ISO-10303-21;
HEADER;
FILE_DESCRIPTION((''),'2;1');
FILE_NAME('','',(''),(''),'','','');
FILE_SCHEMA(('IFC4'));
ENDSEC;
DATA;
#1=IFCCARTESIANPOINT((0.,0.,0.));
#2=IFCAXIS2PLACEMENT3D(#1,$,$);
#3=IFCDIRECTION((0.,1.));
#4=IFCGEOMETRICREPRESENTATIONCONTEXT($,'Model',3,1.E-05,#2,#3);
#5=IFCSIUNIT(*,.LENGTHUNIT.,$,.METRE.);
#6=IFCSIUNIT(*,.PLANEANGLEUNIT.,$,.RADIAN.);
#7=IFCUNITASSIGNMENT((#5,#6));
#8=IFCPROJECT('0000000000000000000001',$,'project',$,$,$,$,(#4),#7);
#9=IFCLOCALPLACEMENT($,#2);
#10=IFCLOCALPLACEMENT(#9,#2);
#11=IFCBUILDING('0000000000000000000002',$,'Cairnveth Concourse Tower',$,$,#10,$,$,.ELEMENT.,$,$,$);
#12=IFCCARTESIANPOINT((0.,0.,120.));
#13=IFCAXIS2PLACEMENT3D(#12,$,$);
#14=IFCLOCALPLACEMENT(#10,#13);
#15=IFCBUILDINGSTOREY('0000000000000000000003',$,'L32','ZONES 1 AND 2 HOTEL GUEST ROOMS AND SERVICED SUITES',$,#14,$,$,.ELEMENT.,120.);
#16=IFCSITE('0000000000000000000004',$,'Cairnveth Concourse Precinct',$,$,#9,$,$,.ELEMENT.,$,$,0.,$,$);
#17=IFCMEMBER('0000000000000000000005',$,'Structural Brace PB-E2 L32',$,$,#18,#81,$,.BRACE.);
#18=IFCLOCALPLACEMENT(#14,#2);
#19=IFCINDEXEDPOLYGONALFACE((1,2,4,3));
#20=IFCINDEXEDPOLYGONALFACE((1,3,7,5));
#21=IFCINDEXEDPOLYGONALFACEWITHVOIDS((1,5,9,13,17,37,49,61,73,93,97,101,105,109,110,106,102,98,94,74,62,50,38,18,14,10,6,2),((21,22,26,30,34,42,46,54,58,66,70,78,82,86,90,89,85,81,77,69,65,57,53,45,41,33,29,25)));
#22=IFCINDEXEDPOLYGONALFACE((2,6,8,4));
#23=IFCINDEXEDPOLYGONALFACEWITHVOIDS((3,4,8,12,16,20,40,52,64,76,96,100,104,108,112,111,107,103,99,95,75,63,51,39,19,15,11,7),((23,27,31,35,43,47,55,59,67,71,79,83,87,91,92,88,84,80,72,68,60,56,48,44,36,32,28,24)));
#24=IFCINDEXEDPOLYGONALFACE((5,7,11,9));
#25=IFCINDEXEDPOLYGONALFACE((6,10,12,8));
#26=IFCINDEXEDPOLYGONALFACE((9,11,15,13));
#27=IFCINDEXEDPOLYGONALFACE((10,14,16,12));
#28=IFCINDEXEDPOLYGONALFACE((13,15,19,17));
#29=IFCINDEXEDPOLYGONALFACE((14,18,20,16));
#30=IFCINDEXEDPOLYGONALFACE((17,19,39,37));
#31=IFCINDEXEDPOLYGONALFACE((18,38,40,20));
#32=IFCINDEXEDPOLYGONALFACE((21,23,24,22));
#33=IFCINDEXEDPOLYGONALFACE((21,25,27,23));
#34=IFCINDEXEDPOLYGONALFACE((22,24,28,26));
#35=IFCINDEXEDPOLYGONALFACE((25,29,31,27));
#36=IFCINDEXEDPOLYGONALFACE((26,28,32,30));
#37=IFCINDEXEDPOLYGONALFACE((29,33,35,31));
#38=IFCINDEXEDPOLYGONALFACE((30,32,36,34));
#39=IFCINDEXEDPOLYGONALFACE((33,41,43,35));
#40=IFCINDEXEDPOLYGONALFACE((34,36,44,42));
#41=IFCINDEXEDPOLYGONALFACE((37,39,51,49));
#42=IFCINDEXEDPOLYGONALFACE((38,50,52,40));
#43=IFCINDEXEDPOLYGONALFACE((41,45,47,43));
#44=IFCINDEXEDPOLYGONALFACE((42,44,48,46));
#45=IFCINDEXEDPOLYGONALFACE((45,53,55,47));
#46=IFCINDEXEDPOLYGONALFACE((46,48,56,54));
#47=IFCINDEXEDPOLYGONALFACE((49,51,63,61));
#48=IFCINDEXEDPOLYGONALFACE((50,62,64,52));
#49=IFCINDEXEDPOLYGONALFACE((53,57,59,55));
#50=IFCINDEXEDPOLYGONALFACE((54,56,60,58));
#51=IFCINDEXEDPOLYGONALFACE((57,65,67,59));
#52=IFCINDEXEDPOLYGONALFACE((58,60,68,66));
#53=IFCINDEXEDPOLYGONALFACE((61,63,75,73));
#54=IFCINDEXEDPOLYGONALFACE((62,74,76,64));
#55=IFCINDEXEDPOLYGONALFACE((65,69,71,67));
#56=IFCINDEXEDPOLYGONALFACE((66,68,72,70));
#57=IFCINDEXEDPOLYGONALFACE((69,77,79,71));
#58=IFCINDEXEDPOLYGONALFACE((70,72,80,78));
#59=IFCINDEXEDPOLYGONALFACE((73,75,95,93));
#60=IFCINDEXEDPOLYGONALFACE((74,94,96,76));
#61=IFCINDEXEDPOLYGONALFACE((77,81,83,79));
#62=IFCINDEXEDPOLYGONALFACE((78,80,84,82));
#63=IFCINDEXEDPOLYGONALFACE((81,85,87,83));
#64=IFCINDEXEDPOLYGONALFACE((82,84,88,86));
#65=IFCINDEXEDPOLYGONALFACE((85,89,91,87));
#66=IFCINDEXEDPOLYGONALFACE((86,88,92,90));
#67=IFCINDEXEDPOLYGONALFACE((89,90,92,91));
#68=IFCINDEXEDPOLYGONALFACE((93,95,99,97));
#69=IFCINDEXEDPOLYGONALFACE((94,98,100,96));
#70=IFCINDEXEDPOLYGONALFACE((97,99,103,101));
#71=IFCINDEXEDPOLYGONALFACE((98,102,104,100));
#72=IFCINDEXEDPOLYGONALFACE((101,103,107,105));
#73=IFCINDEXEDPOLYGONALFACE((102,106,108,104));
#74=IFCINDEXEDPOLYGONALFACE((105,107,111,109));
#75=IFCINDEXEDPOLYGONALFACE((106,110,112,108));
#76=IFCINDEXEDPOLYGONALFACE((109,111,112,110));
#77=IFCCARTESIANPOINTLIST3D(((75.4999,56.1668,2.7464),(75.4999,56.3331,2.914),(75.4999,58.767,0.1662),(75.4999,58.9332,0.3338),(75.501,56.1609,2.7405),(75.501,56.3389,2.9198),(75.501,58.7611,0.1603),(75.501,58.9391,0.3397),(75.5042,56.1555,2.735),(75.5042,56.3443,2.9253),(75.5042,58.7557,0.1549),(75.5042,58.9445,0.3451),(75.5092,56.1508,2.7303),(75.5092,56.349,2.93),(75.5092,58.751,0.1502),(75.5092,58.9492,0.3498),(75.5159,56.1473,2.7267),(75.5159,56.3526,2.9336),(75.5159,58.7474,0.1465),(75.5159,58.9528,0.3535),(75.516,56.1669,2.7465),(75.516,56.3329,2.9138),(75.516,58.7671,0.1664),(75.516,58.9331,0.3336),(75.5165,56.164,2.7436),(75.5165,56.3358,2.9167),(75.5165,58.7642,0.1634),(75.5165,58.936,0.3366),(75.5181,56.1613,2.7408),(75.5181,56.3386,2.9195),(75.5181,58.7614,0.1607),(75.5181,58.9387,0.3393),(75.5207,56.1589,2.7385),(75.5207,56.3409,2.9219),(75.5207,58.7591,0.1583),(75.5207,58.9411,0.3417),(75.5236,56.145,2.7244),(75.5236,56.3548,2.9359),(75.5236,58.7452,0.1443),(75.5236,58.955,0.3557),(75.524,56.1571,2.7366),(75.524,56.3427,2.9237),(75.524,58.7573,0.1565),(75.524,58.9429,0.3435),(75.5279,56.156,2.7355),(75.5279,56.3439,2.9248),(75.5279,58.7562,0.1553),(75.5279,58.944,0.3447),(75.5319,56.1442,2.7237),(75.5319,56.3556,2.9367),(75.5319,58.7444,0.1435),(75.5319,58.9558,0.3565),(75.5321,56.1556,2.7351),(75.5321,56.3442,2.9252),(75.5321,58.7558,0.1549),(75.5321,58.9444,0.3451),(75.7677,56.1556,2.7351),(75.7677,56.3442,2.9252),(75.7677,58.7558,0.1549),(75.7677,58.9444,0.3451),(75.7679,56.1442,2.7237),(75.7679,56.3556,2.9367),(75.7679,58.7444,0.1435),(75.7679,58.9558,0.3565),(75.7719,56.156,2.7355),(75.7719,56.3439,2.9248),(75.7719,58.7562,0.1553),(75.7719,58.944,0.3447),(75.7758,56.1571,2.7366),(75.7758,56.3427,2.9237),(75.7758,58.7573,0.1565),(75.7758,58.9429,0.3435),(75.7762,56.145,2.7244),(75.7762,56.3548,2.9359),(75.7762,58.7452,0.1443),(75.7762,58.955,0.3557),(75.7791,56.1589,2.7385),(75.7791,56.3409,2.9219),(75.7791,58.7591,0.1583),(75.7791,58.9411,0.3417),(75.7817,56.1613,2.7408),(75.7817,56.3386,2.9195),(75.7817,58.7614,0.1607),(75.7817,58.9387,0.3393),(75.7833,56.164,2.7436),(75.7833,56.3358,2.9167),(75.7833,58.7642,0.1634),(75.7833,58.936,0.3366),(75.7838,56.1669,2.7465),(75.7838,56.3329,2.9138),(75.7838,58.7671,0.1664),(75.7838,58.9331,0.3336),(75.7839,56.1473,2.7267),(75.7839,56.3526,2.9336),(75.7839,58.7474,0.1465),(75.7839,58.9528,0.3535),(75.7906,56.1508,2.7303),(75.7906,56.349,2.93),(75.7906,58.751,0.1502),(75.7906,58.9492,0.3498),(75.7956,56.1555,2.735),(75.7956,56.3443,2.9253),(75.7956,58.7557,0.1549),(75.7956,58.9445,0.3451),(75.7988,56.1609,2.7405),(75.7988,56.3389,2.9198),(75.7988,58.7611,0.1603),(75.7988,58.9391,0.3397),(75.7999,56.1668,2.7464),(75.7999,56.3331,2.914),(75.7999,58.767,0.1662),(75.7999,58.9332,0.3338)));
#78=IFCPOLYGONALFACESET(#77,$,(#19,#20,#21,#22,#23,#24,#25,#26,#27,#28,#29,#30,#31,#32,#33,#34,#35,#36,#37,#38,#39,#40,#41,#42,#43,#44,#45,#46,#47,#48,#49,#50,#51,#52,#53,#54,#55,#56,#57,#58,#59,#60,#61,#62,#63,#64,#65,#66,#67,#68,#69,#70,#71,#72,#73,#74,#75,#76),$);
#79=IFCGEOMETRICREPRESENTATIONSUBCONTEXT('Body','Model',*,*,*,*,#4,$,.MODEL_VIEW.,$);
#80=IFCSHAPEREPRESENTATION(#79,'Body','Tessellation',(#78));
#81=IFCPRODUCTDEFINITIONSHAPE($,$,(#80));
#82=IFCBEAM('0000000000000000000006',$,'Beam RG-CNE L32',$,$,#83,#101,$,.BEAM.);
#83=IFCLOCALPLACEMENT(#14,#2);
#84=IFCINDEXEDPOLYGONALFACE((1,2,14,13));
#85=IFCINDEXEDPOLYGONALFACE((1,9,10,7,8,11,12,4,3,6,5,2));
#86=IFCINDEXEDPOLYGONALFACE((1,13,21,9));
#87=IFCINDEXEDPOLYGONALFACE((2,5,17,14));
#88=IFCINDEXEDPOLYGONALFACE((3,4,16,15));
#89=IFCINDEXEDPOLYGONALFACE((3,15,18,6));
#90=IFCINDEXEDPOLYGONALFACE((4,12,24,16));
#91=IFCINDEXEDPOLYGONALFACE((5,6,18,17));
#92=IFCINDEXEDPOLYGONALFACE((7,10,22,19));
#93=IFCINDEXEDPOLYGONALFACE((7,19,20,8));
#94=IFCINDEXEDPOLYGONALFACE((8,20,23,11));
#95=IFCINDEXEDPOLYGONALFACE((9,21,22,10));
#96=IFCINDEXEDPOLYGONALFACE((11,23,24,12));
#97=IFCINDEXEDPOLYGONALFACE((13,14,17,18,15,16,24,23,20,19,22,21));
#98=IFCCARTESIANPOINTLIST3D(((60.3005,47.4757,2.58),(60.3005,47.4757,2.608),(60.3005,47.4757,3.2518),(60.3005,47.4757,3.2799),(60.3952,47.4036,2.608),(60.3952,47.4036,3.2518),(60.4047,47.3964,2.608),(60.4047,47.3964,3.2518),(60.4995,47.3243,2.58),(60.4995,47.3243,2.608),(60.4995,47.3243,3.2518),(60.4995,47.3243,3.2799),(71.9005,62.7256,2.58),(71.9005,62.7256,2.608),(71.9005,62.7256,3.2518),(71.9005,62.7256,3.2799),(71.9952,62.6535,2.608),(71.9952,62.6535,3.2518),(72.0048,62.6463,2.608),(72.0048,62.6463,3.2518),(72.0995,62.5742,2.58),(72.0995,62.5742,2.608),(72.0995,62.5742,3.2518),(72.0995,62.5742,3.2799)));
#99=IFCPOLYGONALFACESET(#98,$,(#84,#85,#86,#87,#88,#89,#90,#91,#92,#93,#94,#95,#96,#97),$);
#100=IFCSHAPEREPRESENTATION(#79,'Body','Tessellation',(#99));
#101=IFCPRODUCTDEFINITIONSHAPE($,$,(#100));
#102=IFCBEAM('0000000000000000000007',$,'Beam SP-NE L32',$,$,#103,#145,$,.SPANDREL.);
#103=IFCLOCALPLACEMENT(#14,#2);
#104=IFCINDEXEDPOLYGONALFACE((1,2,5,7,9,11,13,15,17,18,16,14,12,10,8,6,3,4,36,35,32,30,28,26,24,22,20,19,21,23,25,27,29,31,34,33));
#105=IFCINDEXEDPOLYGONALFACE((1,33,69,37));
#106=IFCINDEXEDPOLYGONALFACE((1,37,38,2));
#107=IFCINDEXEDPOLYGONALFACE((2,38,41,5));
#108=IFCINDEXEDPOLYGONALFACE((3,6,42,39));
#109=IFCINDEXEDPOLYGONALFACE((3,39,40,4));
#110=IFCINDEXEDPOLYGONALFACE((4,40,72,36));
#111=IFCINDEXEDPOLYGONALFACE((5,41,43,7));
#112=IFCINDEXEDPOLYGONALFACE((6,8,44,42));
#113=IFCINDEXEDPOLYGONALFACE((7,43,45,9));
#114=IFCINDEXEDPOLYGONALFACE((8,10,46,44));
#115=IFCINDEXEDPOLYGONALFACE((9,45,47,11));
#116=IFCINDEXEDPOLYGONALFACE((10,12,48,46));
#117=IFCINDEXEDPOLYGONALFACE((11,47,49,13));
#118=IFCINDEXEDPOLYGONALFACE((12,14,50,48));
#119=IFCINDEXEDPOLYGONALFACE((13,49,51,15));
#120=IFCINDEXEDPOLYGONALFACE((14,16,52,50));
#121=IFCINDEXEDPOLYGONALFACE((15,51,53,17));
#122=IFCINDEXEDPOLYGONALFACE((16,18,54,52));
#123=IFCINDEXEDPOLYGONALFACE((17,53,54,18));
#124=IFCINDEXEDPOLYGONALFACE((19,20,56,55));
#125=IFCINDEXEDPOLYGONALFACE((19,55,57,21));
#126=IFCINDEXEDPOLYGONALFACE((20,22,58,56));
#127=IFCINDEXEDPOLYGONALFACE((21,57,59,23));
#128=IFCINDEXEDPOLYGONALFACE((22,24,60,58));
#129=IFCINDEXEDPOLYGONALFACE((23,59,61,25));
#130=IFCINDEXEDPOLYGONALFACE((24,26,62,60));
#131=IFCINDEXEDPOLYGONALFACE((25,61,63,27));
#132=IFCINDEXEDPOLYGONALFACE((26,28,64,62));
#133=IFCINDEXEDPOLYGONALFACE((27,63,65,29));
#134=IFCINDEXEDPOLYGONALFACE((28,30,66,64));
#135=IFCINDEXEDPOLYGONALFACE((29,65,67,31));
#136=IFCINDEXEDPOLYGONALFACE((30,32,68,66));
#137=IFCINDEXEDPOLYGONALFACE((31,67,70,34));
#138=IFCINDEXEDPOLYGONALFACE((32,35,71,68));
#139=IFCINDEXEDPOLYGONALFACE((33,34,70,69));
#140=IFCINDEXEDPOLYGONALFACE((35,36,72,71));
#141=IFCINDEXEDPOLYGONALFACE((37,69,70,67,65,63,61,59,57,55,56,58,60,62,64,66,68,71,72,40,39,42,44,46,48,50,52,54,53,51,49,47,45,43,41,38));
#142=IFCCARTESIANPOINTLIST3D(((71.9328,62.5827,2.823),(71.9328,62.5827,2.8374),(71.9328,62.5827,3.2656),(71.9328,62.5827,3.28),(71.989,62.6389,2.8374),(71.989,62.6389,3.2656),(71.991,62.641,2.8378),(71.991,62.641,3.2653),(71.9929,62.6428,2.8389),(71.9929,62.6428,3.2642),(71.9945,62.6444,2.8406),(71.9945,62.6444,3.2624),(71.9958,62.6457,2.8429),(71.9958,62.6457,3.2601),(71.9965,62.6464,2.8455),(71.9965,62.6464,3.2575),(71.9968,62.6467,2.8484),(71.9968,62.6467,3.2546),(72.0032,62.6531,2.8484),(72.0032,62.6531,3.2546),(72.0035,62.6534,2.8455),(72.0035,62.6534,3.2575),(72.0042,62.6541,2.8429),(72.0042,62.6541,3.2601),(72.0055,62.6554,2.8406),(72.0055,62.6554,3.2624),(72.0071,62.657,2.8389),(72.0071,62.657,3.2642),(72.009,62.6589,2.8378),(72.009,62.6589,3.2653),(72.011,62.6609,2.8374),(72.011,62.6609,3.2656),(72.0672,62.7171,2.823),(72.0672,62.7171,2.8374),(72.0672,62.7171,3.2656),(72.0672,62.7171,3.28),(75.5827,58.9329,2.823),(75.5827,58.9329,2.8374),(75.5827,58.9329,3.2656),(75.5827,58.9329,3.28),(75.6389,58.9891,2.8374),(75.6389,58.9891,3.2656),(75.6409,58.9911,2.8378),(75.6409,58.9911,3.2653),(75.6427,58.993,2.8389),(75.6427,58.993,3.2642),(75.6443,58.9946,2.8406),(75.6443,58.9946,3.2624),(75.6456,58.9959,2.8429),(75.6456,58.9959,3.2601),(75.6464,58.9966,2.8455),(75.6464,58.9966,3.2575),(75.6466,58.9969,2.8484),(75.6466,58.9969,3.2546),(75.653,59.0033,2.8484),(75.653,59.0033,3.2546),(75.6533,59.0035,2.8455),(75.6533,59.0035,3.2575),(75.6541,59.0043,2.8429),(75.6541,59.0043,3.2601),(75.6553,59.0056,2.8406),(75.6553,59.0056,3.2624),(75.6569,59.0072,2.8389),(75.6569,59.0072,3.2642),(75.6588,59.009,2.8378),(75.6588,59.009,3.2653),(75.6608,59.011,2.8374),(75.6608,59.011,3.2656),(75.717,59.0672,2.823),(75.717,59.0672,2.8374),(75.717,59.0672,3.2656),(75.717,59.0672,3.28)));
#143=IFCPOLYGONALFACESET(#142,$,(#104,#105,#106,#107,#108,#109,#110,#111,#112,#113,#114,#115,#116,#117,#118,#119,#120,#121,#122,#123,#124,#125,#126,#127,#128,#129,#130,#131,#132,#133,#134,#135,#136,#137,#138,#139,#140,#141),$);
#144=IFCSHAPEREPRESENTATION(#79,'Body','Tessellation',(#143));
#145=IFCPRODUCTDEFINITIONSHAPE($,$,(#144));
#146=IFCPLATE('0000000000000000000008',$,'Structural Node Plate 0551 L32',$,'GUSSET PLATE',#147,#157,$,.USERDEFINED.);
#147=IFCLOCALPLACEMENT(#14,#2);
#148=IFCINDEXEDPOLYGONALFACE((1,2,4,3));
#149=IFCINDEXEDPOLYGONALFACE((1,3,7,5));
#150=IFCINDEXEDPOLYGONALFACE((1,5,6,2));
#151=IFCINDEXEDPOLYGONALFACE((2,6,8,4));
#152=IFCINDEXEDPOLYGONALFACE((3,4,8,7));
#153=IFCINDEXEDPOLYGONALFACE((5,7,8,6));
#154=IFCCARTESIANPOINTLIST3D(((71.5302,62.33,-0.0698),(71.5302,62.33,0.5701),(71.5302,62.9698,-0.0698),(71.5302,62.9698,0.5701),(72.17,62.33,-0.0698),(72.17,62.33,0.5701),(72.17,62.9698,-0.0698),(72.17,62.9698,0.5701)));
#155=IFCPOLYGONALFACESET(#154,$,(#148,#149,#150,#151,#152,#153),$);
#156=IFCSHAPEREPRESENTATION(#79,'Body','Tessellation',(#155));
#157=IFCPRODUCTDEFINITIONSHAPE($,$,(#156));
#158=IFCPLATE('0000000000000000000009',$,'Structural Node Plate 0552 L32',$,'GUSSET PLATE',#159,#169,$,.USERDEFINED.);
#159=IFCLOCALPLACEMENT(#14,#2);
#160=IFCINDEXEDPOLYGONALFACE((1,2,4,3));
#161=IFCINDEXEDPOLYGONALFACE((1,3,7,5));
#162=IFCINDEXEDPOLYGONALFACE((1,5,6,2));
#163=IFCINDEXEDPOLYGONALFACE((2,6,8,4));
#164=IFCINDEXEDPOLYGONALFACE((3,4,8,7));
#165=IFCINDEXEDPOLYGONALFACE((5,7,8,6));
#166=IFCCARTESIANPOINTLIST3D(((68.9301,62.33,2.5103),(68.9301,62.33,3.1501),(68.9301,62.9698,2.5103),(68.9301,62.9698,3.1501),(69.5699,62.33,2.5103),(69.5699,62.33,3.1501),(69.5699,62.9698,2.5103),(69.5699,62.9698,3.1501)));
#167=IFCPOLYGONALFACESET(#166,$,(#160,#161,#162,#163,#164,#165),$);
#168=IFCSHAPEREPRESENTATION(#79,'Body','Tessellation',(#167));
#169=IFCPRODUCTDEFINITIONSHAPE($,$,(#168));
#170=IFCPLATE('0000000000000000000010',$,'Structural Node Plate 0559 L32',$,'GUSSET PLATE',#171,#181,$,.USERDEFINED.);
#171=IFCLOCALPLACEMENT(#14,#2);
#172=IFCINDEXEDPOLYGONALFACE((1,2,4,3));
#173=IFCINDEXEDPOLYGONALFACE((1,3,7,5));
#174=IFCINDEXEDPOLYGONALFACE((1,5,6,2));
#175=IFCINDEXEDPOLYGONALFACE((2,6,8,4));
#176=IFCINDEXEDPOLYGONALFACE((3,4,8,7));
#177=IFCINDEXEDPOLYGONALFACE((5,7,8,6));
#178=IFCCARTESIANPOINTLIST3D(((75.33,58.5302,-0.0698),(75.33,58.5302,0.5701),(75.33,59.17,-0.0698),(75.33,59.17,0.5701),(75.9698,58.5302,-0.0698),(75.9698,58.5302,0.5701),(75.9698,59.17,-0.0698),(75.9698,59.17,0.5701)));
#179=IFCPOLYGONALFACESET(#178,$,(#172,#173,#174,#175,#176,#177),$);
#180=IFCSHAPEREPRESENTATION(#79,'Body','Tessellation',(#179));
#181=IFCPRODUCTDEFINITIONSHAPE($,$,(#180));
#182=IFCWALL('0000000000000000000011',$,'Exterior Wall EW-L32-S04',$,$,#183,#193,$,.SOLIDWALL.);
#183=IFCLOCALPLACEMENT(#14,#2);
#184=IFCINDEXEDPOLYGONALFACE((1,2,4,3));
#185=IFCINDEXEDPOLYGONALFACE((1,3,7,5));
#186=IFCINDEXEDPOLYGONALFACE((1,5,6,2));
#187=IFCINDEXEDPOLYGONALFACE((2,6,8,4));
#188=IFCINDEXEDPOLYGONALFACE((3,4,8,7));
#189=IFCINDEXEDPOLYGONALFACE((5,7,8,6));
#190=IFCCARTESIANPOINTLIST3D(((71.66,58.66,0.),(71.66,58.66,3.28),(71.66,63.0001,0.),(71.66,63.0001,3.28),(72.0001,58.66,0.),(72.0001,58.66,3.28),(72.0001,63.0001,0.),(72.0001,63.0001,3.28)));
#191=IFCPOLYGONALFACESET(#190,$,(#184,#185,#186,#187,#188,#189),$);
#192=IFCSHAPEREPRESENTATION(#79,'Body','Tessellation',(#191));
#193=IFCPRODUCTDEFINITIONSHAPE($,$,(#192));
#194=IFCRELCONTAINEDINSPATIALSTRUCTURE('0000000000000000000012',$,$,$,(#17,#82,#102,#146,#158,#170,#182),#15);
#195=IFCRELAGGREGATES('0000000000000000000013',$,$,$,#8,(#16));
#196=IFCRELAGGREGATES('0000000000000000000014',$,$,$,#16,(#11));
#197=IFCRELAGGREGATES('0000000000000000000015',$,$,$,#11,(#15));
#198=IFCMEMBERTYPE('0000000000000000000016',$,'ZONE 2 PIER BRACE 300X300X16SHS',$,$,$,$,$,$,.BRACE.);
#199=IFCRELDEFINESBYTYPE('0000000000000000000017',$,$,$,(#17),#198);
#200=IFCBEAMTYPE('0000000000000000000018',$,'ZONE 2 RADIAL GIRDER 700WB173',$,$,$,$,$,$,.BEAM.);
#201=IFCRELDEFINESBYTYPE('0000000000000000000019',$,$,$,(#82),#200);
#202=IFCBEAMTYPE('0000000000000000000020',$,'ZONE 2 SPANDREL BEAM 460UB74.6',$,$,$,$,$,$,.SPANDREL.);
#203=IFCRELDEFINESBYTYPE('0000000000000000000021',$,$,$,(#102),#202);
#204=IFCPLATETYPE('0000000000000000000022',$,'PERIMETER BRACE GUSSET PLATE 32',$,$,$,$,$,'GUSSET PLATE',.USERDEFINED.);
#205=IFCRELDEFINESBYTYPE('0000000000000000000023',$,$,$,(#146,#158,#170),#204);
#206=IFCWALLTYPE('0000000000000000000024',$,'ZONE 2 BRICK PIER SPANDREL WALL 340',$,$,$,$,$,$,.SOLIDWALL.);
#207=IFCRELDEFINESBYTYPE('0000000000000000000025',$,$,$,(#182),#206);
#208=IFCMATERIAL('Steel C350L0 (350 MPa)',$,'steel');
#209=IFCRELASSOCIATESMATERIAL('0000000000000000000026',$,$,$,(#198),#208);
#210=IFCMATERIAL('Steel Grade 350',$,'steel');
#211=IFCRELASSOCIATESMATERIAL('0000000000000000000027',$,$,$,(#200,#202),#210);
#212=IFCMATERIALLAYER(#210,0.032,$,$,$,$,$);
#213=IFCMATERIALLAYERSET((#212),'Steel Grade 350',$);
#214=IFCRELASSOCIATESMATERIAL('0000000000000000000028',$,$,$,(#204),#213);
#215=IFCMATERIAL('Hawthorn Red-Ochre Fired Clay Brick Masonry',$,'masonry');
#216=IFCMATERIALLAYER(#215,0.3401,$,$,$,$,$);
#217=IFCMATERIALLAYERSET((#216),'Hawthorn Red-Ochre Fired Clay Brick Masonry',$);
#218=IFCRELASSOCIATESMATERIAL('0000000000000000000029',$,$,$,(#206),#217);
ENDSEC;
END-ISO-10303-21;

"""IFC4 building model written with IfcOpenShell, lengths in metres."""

from ifc_helpers import new_model, si_unit, direction, frame, frame_2d, origin, origin_2d, place, context, subcontext, project, spatial, rectangle, hollow_rectangle, i_section, extrude, material, layer, layer_set, material_profile, profile_set, type_object, element, save


model = new_model("IFC4")

# Units and contexts
model_context = context("Model", 3, precision=1e-05, world=origin(), true_north=direction((0.0, 1.0)))
body_context = subcontext(model_context, "Body", "Model", "MODEL_VIEW")
ifc_project = project(units=[si_unit("LENGTHUNIT", "METRE"), si_unit("PLANEANGLEUNIT", "RADIAN")], contexts=[model_context])

# Site, building, storey
site_placement = place(None, origin())
site = spatial("IfcSite", under=ifc_project, at=site_placement, Name="Cairnveth Concourse Precinct", CompositionType="ELEMENT", RefElevation=0.0)
building_placement = place(site_placement, origin())
building = spatial("IfcBuilding", under=site, at=building_placement, Name="Cairnveth Concourse Tower", CompositionType="ELEMENT")
storey_placement = place(building_placement, frame((0.0, 0.0, 120.0)))
storey = spatial("IfcBuildingStorey", under=building, at=storey_placement, Name="L32", Description="ZONES 1 AND 2 HOTEL GUEST ROOMS AND SERVICED SUITES", CompositionType="ELEMENT", Elevation=120.0)

# Shared definitions
ifc_material_1 = material(Name="Steel Grade 350", Category="steel")

# Member
ifc_material_2 = material(Name="Steel C350L0 (350 MPa)", Category="steel")
ifc_material_profile_1 = material_profile(ifc_material_2, hollow_rectangle(XDim=0.3, YDim=0.3, WallThickness=0.0161, InnerFilletRadius=0.0161, OuterFilletRadius=0.032, at=origin_2d()), Name="300x300x16.0SHS")
ifc_profile_set_1 = profile_set([ifc_material_profile_1], Name="Steel C350L0 (350 MPa)")
member_type = type_object("IfcMemberType", Name="ZONE 2 PIER BRACE 300X300X16SHS", PredefinedType="BRACE", material=ifc_profile_set_1)
for number, where, z_axis, x_axis, name in (
    (1, (75.6499, 58.8501, 0.25), (0.0, -0.709834, 0.704369), (1.0, 0.0, 0.0), "Structural Brace PB-E2 L32"),
):
    element("IfcMember", number, at=place(storey_placement, frame(where, z_axis=z_axis, x_axis=x_axis)), inside=storey, type_object=member_type, Name=name, PredefinedType="BRACE", context=body_context, shape_type="SweptSolid", body=[
        extrude(hollow_rectangle(XDim=0.3, YDim=0.3, WallThickness=0.0161, InnerFilletRadius=0.0161, OuterFilletRadius=0.032, at=origin_2d()), origin(), (0.0, 0.0, 1.0), 3.6631),
    ])

# Beams
ifc_material_profile_2 = material_profile(ifc_material_1, i_section(OverallWidth=0.25, OverallDepth=0.7, WebThickness=0.012, FlangeThickness=0.0281, at=origin_2d()), Name="700WB173")
ifc_profile_set_2 = profile_set([ifc_material_profile_2], Name="Steel Grade 350")
beam_type_1 = type_object("IfcBeamType", Name="ZONE 2 RADIAL GIRDER 700WB173", PredefinedType="BEAM", material=ifc_profile_set_2)
beam_1_placement = place(storey_placement, frame((72.0, 62.6499, 2.9299), z_axis=(-0.605417, -0.795908, 0.0), x_axis=(0.795908, -0.605417, 0.0)))
element("IfcBeam", 2, at=beam_1_placement, inside=storey, type_object=beam_type_1, Name="Beam RG-CNE L32", PredefinedType="BEAM", context=body_context, shape_type="SweptSolid", body=[
    extrude(i_section(OverallWidth=0.25, OverallDepth=0.7, WebThickness=0.012, FlangeThickness=0.0281, at=origin_2d()), origin(), (0.0, 0.0, 1.0), 19.1604),
])
ifc_material_profile_3 = material_profile(ifc_material_1, i_section(OverallWidth=0.1899, OverallDepth=0.457, WebThickness=0.009, FlangeThickness=0.0144, FilletRadius=0.011, at=origin_2d()), Name="460UB74.6")
ifc_profile_set_3 = profile_set([ifc_material_profile_3], Name="Steel Grade 350")
beam_type_2 = type_object("IfcBeamType", Name="ZONE 2 SPANDREL BEAM 460UB74.6", PredefinedType="SPANDREL", material=ifc_profile_set_3)
beam_2_placement = place(storey_placement, frame((72.0, 62.6499, 3.0515), z_axis=(0.707107, -0.707107, 0.0), x_axis=(0.707107, 0.707107, 0.0)))
element("IfcBeam", 3, at=beam_2_placement, inside=storey, type_object=beam_type_2, Name="Beam SP-NE L32", PredefinedType="SPANDREL", context=body_context, shape_type="SweptSolid", body=[
    extrude(i_section(OverallWidth=0.1899, OverallDepth=0.457, WebThickness=0.009, FlangeThickness=0.0144, FilletRadius=0.011, at=origin_2d()), origin(), (0.0, 0.0, 1.0), 5.1616),
])

# Plates
ifc_layer_1 = layer(ifc_material_1, 0.032)
ifc_layer_set_1 = layer_set([ifc_layer_1], Name="Steel Grade 350")
plate_type = type_object("IfcPlateType", Name="PERIMETER BRACE GUSSET PLATE 32", ElementType="GUSSET PLATE", PredefinedType="USERDEFINED", material=ifc_layer_set_1)
for number, where, z_axis, x_axis, name in (
    (4, (71.8501, 62.6499, -0.0698), (0.0, 0.0, 1.0), (1.0, 0.0, 0.0), "Structural Node Plate 0551 L32"),
    (5, (69.25, 62.6499, 2.5103), (0.0, 0.0, 1.0), (1.0, 0.0, 0.0), "Structural Node Plate 0552 L32"),
    (6, (75.6499, 58.8501, -0.0698), (0.0, 0.0, 1.0), (1.0, 0.0, 0.0), "Structural Node Plate 0559 L32"),
):
    element("IfcPlate", number, at=place(storey_placement, frame(where, z_axis=z_axis, x_axis=x_axis)), inside=storey, type_object=plate_type, Name=name, ObjectType="GUSSET PLATE", PredefinedType="USERDEFINED", context=body_context, shape_type="SweptSolid", body=[
        extrude(rectangle(XDim=0.6399, YDim=0.6399, at=origin_2d()), origin(), (0.0, 0.0, 1.0), 0.6399),
    ])

# Wall
ifc_material_3 = material(Name="Hawthorn Red-Ochre Fired Clay Brick Masonry", Category="masonry")
ifc_layer_2 = layer(ifc_material_3, 0.3401)
ifc_layer_set_2 = layer_set([ifc_layer_2], Name="Hawthorn Red-Ochre Fired Clay Brick Masonry")
wall_type = type_object("IfcWallType", Name="ZONE 2 BRICK PIER SPANDREL WALL 340", PredefinedType="SOLIDWALL", material=ifc_layer_set_2)
wall_1_placement = place(storey_placement, frame((71.8301, 63.0, 0.0), z_axis=(0.0, 0.0, 1.0), x_axis=(0.0, -1.0, 0.0)))
element("IfcWall", 7, at=wall_1_placement, inside=storey, type_object=wall_type, Name="Exterior Wall EW-L32-S04", PredefinedType="SOLIDWALL", context=body_context, shape_type="SweptSolid", body=[
    extrude(rectangle(XDim=4.3401, YDim=0.3401, at=frame_2d((2.1699, 0.0))), origin(), (0.0, 0.0, 1.0), 3.28),
])

save(model, "model.ifc")
